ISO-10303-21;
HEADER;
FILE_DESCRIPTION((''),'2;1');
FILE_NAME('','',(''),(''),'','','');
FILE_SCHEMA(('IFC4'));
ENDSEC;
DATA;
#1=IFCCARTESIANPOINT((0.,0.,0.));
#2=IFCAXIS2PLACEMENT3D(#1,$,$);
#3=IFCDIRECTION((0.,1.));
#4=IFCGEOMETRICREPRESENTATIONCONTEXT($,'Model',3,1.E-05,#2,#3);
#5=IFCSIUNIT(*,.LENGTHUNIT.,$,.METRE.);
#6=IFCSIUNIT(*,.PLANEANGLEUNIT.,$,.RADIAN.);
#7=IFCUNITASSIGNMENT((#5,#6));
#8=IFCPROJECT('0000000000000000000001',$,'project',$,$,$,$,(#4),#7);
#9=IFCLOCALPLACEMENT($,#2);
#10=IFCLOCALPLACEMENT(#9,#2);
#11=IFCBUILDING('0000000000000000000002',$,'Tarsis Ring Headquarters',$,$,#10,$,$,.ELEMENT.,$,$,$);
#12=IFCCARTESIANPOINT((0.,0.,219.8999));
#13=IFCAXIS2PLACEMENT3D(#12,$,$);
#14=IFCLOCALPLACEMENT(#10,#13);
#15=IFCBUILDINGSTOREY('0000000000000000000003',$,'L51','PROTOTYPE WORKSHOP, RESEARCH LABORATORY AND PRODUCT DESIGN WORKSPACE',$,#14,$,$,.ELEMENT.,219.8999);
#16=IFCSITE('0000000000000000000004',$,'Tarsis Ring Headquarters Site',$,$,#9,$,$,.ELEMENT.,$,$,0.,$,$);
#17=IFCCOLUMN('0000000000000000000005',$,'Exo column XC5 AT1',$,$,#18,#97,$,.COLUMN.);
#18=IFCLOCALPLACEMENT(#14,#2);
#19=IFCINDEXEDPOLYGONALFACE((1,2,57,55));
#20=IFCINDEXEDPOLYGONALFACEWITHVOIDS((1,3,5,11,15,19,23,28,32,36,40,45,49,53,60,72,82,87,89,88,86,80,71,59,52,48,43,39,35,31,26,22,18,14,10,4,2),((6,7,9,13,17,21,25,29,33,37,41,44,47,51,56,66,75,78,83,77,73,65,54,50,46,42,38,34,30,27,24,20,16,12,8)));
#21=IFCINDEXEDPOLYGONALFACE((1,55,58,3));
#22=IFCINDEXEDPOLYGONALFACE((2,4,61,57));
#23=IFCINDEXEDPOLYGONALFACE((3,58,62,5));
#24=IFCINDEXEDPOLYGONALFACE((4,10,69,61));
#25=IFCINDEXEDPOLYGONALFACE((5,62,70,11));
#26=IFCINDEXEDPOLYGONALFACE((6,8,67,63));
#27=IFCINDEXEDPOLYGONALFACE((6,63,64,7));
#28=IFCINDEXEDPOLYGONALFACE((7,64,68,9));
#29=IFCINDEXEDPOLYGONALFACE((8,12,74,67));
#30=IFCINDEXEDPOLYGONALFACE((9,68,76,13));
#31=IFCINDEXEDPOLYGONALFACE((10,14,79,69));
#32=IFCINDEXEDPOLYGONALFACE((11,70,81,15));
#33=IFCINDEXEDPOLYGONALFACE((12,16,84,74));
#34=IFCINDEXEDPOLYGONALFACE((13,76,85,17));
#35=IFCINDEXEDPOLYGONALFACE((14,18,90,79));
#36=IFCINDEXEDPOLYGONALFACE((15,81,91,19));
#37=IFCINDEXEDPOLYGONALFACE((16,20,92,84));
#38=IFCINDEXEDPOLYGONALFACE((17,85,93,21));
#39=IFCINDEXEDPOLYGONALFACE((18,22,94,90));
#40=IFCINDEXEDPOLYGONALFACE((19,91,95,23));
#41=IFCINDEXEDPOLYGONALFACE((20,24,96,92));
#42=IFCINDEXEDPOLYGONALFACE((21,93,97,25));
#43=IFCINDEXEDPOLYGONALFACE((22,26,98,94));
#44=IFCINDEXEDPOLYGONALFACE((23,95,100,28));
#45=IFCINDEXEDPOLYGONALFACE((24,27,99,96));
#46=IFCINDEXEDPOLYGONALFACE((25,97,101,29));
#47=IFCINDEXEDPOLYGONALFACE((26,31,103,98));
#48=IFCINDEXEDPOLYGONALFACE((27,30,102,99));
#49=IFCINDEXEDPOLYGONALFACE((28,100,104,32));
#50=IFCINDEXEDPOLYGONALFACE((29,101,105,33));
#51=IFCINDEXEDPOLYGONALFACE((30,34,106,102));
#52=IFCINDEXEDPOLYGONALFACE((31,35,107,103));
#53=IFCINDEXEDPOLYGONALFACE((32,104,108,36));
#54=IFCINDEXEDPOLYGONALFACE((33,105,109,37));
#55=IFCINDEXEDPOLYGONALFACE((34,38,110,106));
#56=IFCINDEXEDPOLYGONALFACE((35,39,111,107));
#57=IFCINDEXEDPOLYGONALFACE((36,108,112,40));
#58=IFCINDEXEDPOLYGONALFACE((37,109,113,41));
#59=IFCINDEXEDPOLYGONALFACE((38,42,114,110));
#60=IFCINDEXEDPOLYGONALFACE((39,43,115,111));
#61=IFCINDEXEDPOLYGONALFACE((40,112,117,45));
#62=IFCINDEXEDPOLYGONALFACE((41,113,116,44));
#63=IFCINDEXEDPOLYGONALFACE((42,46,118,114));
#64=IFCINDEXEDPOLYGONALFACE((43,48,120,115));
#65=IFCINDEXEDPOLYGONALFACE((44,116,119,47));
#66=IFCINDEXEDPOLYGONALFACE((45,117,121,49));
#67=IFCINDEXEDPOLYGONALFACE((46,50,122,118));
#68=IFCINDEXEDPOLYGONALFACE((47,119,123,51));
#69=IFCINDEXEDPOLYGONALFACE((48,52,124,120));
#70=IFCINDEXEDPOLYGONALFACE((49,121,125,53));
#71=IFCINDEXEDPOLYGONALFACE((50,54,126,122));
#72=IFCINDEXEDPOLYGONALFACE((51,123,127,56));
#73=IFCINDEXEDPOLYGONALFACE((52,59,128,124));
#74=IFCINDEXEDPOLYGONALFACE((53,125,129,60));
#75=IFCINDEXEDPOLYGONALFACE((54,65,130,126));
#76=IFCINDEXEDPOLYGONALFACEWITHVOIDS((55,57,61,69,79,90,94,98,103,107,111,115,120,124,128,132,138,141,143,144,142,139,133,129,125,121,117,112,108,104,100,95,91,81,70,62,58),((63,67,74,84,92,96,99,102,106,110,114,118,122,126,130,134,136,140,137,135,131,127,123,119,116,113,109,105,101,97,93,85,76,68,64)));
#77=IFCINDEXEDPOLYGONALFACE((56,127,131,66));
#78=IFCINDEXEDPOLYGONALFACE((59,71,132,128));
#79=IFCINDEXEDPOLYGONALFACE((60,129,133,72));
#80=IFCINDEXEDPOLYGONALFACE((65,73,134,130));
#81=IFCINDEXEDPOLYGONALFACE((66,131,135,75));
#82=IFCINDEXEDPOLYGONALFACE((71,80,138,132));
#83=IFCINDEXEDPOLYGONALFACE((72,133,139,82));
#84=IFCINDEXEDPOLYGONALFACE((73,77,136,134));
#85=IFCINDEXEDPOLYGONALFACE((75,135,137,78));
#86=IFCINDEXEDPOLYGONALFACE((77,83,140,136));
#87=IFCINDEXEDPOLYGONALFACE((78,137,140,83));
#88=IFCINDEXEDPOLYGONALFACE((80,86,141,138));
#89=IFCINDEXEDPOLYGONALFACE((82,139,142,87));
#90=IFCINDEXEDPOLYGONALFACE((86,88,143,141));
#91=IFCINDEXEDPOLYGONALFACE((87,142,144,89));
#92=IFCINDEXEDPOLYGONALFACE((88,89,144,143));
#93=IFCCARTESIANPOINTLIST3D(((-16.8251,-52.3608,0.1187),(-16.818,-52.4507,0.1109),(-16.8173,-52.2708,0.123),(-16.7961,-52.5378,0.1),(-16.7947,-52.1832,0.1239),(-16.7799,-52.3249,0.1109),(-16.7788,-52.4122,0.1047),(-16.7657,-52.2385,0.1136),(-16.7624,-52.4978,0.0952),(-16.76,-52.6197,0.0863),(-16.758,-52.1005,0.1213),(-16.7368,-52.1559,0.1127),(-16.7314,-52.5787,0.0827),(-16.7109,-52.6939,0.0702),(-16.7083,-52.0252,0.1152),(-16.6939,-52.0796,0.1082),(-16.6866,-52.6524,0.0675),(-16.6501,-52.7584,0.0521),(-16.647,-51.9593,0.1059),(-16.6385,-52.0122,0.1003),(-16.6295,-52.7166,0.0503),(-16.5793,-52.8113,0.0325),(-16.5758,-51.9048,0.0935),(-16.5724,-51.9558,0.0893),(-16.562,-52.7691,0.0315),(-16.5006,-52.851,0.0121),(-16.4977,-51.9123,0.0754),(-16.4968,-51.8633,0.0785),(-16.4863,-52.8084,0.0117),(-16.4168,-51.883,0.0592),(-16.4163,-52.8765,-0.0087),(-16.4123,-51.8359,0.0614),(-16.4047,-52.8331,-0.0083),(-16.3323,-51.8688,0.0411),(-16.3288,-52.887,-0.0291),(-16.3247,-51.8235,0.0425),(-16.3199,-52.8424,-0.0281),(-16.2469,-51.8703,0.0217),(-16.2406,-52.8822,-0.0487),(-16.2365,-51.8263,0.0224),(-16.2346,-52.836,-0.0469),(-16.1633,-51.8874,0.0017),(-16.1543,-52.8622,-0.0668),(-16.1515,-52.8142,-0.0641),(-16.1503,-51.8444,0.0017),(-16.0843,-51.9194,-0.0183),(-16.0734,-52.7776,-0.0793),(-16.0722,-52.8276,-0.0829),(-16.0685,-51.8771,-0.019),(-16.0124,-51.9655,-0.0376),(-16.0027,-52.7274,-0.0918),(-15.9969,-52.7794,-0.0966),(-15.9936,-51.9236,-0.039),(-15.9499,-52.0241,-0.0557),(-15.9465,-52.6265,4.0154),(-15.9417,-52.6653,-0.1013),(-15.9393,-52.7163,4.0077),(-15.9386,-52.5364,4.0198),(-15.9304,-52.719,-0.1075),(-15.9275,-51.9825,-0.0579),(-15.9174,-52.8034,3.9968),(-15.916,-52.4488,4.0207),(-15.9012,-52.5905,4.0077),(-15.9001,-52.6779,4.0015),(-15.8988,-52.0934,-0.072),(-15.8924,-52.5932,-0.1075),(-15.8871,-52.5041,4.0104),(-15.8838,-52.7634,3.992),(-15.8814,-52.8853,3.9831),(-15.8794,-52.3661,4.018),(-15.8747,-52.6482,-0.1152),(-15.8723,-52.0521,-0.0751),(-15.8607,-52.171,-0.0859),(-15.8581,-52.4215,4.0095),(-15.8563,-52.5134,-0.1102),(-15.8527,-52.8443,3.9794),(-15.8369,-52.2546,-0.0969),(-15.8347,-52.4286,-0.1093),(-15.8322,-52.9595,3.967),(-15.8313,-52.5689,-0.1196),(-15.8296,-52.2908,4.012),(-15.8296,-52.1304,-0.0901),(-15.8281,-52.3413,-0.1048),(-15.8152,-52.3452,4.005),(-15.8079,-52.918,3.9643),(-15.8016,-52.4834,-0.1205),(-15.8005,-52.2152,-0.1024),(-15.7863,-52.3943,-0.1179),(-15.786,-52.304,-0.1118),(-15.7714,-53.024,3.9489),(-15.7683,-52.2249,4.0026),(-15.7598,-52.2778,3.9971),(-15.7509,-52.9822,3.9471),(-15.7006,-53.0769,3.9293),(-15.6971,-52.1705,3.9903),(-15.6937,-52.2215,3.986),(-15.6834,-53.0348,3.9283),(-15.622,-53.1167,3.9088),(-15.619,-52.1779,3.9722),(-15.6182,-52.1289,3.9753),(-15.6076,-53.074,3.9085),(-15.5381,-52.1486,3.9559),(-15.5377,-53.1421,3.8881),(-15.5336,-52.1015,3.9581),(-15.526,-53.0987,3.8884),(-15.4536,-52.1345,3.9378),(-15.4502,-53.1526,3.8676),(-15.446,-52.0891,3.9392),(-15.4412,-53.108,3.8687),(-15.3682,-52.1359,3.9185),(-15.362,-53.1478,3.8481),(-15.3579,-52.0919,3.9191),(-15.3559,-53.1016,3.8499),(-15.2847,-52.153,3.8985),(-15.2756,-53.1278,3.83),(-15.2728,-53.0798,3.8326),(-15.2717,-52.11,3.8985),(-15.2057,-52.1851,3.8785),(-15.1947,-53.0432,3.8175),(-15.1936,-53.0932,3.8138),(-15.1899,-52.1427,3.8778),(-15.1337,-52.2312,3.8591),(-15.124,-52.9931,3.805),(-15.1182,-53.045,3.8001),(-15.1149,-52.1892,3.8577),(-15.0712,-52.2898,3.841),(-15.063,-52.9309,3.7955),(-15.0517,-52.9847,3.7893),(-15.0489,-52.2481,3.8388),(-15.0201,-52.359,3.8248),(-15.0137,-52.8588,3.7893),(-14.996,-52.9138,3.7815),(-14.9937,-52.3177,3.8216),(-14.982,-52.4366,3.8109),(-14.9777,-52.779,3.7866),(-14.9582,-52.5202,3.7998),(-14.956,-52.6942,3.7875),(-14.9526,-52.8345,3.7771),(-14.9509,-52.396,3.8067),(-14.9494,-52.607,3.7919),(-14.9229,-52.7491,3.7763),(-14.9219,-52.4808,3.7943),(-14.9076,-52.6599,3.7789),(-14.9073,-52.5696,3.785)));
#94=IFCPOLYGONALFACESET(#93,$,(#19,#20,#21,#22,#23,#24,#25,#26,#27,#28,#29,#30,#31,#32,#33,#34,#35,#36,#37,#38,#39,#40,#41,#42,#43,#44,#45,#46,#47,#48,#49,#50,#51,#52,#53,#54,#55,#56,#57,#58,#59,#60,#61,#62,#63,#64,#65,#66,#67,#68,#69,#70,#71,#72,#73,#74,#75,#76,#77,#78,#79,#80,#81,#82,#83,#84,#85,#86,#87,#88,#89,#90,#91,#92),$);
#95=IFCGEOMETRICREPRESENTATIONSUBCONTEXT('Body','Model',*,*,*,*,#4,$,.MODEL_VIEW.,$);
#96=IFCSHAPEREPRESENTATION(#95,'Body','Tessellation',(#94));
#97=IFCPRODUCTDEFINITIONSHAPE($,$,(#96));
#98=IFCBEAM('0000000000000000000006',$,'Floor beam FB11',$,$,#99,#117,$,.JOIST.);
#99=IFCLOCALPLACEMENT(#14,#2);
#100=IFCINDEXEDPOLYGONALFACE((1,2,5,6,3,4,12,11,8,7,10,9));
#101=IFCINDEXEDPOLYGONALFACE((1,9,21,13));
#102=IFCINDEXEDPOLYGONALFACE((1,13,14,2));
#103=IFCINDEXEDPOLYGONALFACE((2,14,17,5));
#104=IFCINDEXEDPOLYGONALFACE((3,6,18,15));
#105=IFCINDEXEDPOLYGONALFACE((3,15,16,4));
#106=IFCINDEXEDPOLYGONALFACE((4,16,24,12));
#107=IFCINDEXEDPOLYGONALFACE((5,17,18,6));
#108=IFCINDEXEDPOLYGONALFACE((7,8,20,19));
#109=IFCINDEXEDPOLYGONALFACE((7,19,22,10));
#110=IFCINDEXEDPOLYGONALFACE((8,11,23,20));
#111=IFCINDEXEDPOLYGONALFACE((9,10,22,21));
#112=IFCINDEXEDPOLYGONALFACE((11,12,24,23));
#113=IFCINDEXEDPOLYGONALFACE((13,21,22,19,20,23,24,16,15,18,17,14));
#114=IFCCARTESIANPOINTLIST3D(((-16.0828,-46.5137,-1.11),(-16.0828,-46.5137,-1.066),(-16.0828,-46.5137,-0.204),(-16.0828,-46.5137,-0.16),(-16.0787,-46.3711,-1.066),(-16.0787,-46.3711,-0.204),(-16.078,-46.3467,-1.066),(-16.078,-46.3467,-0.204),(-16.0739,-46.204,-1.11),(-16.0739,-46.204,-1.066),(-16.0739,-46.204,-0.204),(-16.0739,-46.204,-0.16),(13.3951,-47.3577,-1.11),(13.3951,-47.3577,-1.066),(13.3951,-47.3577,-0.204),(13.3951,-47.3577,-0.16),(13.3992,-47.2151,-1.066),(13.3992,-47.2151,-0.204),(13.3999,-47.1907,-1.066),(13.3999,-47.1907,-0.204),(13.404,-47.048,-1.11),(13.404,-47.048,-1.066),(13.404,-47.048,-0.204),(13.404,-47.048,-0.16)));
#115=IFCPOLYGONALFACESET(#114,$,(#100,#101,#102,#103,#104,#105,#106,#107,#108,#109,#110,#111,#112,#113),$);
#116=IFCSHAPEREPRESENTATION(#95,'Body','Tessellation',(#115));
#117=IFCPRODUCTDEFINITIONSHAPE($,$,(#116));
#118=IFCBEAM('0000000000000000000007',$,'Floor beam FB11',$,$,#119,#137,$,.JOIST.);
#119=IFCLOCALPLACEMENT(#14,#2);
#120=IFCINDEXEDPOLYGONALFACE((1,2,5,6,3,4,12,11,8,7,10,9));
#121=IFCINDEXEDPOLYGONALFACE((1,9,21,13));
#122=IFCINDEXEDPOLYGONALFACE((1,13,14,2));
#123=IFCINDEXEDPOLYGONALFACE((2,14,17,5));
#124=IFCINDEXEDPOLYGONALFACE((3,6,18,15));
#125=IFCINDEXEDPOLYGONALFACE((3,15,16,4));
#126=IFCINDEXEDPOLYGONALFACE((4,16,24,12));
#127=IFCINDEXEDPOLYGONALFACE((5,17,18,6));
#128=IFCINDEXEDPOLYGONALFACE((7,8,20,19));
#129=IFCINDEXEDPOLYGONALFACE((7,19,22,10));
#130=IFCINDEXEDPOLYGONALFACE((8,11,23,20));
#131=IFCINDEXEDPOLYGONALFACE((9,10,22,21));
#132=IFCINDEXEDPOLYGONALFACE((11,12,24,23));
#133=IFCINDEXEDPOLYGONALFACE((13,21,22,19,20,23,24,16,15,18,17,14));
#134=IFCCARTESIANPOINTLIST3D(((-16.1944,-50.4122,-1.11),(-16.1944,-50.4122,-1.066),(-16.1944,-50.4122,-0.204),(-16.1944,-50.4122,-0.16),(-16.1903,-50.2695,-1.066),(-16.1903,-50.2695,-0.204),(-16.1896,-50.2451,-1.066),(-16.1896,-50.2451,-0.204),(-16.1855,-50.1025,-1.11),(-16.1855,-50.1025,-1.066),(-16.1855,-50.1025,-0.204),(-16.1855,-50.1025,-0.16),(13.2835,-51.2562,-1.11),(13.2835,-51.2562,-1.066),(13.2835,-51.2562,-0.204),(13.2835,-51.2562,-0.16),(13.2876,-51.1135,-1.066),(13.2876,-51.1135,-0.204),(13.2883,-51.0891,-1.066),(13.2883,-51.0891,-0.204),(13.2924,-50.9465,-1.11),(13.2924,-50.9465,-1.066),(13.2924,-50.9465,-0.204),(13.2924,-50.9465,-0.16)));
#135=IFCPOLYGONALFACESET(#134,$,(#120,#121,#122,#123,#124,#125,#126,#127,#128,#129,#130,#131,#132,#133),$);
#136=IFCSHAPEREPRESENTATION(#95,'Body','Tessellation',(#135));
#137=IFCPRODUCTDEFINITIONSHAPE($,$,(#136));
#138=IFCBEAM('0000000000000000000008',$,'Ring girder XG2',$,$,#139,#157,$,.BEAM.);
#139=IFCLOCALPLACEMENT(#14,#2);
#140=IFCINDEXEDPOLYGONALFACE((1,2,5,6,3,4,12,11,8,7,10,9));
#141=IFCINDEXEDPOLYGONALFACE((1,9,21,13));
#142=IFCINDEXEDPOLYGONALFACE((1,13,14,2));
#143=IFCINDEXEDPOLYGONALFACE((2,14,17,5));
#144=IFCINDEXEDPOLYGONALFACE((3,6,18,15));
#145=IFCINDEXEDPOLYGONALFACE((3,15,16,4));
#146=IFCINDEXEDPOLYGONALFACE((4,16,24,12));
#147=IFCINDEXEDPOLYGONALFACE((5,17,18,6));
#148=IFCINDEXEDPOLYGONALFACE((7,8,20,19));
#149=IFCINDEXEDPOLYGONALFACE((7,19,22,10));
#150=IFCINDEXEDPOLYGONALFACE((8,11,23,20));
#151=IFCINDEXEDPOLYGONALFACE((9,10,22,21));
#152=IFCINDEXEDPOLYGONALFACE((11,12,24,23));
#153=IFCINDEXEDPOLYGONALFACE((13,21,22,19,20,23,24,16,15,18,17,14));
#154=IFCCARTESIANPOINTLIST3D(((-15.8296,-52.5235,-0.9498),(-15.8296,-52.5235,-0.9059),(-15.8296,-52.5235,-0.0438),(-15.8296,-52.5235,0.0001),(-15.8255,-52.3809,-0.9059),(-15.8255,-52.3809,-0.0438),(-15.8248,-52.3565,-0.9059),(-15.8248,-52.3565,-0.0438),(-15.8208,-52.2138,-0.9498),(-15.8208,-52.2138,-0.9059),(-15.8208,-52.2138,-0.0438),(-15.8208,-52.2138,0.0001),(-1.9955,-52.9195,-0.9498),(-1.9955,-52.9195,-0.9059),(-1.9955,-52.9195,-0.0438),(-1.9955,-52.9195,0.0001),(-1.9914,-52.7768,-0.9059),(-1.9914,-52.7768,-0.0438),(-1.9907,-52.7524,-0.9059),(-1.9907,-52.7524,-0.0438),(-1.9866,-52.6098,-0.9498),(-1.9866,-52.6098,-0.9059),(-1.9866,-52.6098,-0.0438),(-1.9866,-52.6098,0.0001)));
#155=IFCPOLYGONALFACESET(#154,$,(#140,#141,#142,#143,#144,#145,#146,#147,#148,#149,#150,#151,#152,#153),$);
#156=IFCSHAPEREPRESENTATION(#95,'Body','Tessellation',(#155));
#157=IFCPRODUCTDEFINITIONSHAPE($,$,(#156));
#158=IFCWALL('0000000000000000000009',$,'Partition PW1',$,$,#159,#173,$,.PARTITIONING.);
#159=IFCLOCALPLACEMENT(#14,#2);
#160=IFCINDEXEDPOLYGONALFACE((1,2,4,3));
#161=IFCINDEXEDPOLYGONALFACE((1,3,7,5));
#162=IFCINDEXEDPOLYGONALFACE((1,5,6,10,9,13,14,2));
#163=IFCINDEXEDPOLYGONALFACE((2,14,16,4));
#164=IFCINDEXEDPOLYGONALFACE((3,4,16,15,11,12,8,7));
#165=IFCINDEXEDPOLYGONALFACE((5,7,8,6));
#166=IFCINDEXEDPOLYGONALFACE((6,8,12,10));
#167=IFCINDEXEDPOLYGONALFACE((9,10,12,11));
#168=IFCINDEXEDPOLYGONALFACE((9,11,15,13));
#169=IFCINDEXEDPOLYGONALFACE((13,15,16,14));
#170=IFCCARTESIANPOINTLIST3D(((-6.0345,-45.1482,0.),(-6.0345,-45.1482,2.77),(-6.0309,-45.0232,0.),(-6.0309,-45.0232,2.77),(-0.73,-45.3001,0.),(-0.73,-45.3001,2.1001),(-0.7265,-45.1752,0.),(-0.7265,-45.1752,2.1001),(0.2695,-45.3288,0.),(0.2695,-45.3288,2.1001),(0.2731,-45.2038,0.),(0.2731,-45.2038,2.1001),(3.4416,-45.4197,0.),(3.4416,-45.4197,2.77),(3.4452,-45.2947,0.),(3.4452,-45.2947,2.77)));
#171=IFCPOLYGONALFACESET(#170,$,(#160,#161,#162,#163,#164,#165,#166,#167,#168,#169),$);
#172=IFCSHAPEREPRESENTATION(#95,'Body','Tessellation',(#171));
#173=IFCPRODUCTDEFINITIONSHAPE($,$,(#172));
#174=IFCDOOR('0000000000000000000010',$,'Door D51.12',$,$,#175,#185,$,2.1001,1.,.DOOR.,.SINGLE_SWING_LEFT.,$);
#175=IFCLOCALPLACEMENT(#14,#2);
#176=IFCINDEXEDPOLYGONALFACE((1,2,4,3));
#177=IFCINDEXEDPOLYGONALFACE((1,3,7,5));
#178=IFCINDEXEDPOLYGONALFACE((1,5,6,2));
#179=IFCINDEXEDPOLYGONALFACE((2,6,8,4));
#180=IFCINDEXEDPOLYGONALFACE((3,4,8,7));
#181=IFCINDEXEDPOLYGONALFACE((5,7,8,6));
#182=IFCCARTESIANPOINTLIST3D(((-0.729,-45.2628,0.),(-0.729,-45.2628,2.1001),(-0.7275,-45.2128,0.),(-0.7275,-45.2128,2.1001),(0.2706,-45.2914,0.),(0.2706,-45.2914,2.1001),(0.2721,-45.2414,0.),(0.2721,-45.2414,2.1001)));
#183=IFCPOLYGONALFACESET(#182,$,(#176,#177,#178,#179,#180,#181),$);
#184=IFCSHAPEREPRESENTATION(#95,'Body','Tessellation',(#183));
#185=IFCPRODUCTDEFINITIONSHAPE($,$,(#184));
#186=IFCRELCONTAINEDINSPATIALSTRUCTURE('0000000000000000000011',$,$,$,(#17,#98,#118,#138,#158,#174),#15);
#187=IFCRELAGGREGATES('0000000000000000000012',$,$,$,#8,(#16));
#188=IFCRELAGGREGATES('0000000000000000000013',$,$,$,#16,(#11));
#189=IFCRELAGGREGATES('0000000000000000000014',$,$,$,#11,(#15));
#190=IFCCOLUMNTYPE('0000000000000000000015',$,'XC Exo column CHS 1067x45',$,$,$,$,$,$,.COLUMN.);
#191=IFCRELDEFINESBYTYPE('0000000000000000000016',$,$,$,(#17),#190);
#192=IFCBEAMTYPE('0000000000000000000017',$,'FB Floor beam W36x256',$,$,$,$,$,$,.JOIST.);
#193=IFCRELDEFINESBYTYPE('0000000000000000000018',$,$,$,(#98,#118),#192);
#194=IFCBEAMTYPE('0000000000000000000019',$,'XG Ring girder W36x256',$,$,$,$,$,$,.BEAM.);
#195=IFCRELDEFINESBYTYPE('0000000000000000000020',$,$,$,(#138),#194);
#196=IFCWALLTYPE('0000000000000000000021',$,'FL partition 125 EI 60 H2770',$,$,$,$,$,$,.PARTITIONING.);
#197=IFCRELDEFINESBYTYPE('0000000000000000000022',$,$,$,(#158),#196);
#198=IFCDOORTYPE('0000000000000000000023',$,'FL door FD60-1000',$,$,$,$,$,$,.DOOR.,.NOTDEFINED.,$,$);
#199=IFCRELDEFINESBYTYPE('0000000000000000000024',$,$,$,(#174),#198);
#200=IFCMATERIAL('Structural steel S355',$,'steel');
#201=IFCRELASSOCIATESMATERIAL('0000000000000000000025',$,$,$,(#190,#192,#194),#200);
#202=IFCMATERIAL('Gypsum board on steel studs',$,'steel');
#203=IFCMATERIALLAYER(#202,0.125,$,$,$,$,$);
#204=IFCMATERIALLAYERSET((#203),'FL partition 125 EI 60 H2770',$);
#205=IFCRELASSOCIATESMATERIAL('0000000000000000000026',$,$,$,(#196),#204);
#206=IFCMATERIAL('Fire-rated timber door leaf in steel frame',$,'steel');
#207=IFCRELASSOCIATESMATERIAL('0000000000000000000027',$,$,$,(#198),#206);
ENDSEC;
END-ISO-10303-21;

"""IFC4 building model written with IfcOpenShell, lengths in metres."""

from ifc_helpers import new_model, si_unit, direction, frame, frame_2d, origin, origin_2d, place, context, subcontext, project, spatial, rectangle, hollow_circle, i_section, extrude, material, layer, layer_set, material_profile, profile_set, type_object, element, fill, save


model = new_model("IFC4")

# Units and contexts
model_context = context("Model", 3, precision=1e-05, world=origin(), true_north=direction((0.0, 1.0)))
body_context = subcontext(model_context, "Body", "Model", "MODEL_VIEW")
ifc_project = project(units=[si_unit("LENGTHUNIT", "METRE"), si_unit("PLANEANGLEUNIT", "RADIAN")], contexts=[model_context])

# Site, building, storey
site_placement = place(None, origin())
site = spatial("IfcSite", under=ifc_project, at=site_placement, Name="Tarsis Ring Headquarters Site", CompositionType="ELEMENT", RefElevation=0.0)
building_placement = place(site_placement, origin())
building = spatial("IfcBuilding", under=site, at=building_placement, Name="Tarsis Ring Headquarters", CompositionType="ELEMENT")
storey_placement = place(building_placement, frame((0.0, 0.0, 219.8999)))
storey = spatial("IfcBuildingStorey", under=building, at=storey_placement, Name="L51", Description="PROTOTYPE WORKSHOP, RESEARCH LABORATORY AND PRODUCT DESIGN WORKSPACE", CompositionType="ELEMENT", Elevation=219.8999)

# Column
ifc_material_1 = material(Name="Structural steel S355", Category="steel")
ifc_material_profile_1 = material_profile(ifc_material_1, hollow_circle(Radius=0.5334, WallThickness=0.0449, at=origin_2d()), Name="CHS 1067x45")
ifc_profile_set_1 = profile_set([ifc_material_profile_1], Name="Structural steel S355")
column_type = type_object("IfcColumnType", Name="XC Exo column CHS 1067x45", PredefinedType="COLUMN", material=ifc_profile_set_1)
column_placement = place(storey_placement, frame((-16.3047, -52.355, 0.0017), z_axis=(0.21948, -0.06635, 0.973358), x_axis=(0.289372, 0.957217, 0.0)))
element("IfcColumn", 1, at=column_placement, inside=storey, type_object=column_type, Name="Exo column XC5 AT1", PredefinedType="COLUMN", context=body_context, shape_type="SweptSolid", body=[
    extrude(hollow_circle(Radius=0.5334, WallThickness=0.0449, at=origin_2d()), origin(), (0.0, 0.0, 1.0), 4.0034),
])

# Beams
ifc_material_profile_2 = material_profile(ifc_material_1, i_section(OverallWidth=0.3098, OverallDepth=0.95, WebThickness=0.0244, FlangeThickness=0.0439, at=origin_2d()), Name="W36x256")
ifc_profile_set_2 = profile_set([ifc_material_profile_2], Name="Structural steel S355")
beam_type_1 = type_object("IfcBeamType", Name="FB Floor beam W36x256", PredefinedType="JOIST", material=ifc_profile_set_2)
for number, where, z_axis, x_axis, name in (
    (2, (-16.0784, -46.3589, -0.635), (0.99959, -0.02862, 0.0), (0.02862, 0.99959, 0.0), "Floor beam FB11"),
    (3, (-16.1899, -50.2573, -0.635), (0.99959, -0.02862, 0.0), (0.02862, 0.99959, 0.0), "Floor beam FB11"),
):
    element("IfcBeam", number, at=place(storey_placement, frame(where, z_axis=z_axis, x_axis=x_axis)), inside=storey, type_object=beam_type_1, Name=name, PredefinedType="JOIST", context=body_context, shape_type="SweptSolid", body=[
        extrude(i_section(OverallWidth=0.3098, OverallDepth=0.95, WebThickness=0.0244, FlangeThickness=0.0439, at=origin_2d()), origin(), (0.0, 0.0, 1.0), 29.49),
    ])
beam_type_2 = type_object("IfcBeamType", Name="XG Ring girder W36x256", PredefinedType="BEAM", material=ifc_profile_set_2)
beam_placement = place(storey_placement, frame((-15.8252, -52.3687, -0.4749), z_axis=(0.999591, -0.028613, 0.0), x_axis=(0.028613, 0.999591, 0.0)))
element("IfcBeam", 4, at=beam_placement, inside=storey, type_object=beam_type_2, Name="Ring girder XG2", PredefinedType="BEAM", context=body_context, shape_type="SweptSolid", body=[
    extrude(i_section(OverallWidth=0.3098, OverallDepth=0.95, WebThickness=0.0244, FlangeThickness=0.0439, at=origin_2d()), origin(), (0.0, 0.0, 1.0), 13.8398),
])

# Wall, opening, door
ifc_material_2 = material(Name="Gypsum board on steel studs", Category="steel")
ifc_layer_1 = layer(ifc_material_2, 0.125)
ifc_layer_set_1 = layer_set([ifc_layer_1], Name="FL partition 125 EI 60 H2770")
wall_type_1 = type_object("IfcWallType", Name="FL partition 125 EI 60 H2770", PredefinedType="PARTITIONING", material=ifc_layer_set_1)
wall_1_placement = place(storey_placement, frame((-6.0327, -45.0857, 0.0), z_axis=(0.0, 0.0, 1.0), x_axis=(0.99959, -0.028638, 0.0)))
wall_1 = element("IfcWall", 5, at=wall_1_placement, inside=storey, type_object=wall_type_1, Name="Partition PW1", PredefinedType="PARTITIONING", context=body_context, shape_type="SweptSolid", body=[
    extrude(rectangle(XDim=9.48, YDim=0.125, at=frame_2d((4.74, 0.0))), origin(), (0.0, 0.0, 1.0), 2.77),
])
opening_1_placement = place(wall_1_placement, frame((5.3066, 0.0, 0.0)))
opening_1 = element("IfcOpeningElement", 6, at=opening_1_placement, cuts=wall_1, PredefinedType="OPENING", context=body_context, shape_type="SweptSolid", body=[
    extrude(rectangle(XDim=1.0, YDim=2.1001, at=frame_2d((0.5, 1.05))), frame((0.0, 0.0725, 0.0), z_axis=(0.0, -1.0, 0.0), x_axis=(1.0, 0.0, 0.0)), (0.0, 0.0, 1.0), 0.145),
])
ifc_material_3 = material(Name="Fire-rated timber door leaf in steel frame", Category="steel")
door_type = type_object("IfcDoorType", Name="FL door FD60-1000", OperationType="NOTDEFINED", PredefinedType="DOOR", material=ifc_material_3)
door_placement = place(opening_1_placement, origin())
door = element("IfcDoor", 7, at=door_placement, inside=storey, type_object=door_type, Name="Door D51.12", OperationType="SINGLE_SWING_LEFT", OverallHeight=2.1001, OverallWidth=1.0, PredefinedType="DOOR", context=body_context, shape_type="SweptSolid", body=[
    extrude(rectangle(XDim=1.0, YDim=2.1001, at=frame_2d((0.5, 1.05))), frame((0.0, 0.0249, 0.0), z_axis=(0.0, -1.0, 0.0), x_axis=(1.0, 0.0, 0.0)), (0.0, 0.0, 1.0), 0.05),
])
fill(opening_1, door)

save(model, "model.ifc")
